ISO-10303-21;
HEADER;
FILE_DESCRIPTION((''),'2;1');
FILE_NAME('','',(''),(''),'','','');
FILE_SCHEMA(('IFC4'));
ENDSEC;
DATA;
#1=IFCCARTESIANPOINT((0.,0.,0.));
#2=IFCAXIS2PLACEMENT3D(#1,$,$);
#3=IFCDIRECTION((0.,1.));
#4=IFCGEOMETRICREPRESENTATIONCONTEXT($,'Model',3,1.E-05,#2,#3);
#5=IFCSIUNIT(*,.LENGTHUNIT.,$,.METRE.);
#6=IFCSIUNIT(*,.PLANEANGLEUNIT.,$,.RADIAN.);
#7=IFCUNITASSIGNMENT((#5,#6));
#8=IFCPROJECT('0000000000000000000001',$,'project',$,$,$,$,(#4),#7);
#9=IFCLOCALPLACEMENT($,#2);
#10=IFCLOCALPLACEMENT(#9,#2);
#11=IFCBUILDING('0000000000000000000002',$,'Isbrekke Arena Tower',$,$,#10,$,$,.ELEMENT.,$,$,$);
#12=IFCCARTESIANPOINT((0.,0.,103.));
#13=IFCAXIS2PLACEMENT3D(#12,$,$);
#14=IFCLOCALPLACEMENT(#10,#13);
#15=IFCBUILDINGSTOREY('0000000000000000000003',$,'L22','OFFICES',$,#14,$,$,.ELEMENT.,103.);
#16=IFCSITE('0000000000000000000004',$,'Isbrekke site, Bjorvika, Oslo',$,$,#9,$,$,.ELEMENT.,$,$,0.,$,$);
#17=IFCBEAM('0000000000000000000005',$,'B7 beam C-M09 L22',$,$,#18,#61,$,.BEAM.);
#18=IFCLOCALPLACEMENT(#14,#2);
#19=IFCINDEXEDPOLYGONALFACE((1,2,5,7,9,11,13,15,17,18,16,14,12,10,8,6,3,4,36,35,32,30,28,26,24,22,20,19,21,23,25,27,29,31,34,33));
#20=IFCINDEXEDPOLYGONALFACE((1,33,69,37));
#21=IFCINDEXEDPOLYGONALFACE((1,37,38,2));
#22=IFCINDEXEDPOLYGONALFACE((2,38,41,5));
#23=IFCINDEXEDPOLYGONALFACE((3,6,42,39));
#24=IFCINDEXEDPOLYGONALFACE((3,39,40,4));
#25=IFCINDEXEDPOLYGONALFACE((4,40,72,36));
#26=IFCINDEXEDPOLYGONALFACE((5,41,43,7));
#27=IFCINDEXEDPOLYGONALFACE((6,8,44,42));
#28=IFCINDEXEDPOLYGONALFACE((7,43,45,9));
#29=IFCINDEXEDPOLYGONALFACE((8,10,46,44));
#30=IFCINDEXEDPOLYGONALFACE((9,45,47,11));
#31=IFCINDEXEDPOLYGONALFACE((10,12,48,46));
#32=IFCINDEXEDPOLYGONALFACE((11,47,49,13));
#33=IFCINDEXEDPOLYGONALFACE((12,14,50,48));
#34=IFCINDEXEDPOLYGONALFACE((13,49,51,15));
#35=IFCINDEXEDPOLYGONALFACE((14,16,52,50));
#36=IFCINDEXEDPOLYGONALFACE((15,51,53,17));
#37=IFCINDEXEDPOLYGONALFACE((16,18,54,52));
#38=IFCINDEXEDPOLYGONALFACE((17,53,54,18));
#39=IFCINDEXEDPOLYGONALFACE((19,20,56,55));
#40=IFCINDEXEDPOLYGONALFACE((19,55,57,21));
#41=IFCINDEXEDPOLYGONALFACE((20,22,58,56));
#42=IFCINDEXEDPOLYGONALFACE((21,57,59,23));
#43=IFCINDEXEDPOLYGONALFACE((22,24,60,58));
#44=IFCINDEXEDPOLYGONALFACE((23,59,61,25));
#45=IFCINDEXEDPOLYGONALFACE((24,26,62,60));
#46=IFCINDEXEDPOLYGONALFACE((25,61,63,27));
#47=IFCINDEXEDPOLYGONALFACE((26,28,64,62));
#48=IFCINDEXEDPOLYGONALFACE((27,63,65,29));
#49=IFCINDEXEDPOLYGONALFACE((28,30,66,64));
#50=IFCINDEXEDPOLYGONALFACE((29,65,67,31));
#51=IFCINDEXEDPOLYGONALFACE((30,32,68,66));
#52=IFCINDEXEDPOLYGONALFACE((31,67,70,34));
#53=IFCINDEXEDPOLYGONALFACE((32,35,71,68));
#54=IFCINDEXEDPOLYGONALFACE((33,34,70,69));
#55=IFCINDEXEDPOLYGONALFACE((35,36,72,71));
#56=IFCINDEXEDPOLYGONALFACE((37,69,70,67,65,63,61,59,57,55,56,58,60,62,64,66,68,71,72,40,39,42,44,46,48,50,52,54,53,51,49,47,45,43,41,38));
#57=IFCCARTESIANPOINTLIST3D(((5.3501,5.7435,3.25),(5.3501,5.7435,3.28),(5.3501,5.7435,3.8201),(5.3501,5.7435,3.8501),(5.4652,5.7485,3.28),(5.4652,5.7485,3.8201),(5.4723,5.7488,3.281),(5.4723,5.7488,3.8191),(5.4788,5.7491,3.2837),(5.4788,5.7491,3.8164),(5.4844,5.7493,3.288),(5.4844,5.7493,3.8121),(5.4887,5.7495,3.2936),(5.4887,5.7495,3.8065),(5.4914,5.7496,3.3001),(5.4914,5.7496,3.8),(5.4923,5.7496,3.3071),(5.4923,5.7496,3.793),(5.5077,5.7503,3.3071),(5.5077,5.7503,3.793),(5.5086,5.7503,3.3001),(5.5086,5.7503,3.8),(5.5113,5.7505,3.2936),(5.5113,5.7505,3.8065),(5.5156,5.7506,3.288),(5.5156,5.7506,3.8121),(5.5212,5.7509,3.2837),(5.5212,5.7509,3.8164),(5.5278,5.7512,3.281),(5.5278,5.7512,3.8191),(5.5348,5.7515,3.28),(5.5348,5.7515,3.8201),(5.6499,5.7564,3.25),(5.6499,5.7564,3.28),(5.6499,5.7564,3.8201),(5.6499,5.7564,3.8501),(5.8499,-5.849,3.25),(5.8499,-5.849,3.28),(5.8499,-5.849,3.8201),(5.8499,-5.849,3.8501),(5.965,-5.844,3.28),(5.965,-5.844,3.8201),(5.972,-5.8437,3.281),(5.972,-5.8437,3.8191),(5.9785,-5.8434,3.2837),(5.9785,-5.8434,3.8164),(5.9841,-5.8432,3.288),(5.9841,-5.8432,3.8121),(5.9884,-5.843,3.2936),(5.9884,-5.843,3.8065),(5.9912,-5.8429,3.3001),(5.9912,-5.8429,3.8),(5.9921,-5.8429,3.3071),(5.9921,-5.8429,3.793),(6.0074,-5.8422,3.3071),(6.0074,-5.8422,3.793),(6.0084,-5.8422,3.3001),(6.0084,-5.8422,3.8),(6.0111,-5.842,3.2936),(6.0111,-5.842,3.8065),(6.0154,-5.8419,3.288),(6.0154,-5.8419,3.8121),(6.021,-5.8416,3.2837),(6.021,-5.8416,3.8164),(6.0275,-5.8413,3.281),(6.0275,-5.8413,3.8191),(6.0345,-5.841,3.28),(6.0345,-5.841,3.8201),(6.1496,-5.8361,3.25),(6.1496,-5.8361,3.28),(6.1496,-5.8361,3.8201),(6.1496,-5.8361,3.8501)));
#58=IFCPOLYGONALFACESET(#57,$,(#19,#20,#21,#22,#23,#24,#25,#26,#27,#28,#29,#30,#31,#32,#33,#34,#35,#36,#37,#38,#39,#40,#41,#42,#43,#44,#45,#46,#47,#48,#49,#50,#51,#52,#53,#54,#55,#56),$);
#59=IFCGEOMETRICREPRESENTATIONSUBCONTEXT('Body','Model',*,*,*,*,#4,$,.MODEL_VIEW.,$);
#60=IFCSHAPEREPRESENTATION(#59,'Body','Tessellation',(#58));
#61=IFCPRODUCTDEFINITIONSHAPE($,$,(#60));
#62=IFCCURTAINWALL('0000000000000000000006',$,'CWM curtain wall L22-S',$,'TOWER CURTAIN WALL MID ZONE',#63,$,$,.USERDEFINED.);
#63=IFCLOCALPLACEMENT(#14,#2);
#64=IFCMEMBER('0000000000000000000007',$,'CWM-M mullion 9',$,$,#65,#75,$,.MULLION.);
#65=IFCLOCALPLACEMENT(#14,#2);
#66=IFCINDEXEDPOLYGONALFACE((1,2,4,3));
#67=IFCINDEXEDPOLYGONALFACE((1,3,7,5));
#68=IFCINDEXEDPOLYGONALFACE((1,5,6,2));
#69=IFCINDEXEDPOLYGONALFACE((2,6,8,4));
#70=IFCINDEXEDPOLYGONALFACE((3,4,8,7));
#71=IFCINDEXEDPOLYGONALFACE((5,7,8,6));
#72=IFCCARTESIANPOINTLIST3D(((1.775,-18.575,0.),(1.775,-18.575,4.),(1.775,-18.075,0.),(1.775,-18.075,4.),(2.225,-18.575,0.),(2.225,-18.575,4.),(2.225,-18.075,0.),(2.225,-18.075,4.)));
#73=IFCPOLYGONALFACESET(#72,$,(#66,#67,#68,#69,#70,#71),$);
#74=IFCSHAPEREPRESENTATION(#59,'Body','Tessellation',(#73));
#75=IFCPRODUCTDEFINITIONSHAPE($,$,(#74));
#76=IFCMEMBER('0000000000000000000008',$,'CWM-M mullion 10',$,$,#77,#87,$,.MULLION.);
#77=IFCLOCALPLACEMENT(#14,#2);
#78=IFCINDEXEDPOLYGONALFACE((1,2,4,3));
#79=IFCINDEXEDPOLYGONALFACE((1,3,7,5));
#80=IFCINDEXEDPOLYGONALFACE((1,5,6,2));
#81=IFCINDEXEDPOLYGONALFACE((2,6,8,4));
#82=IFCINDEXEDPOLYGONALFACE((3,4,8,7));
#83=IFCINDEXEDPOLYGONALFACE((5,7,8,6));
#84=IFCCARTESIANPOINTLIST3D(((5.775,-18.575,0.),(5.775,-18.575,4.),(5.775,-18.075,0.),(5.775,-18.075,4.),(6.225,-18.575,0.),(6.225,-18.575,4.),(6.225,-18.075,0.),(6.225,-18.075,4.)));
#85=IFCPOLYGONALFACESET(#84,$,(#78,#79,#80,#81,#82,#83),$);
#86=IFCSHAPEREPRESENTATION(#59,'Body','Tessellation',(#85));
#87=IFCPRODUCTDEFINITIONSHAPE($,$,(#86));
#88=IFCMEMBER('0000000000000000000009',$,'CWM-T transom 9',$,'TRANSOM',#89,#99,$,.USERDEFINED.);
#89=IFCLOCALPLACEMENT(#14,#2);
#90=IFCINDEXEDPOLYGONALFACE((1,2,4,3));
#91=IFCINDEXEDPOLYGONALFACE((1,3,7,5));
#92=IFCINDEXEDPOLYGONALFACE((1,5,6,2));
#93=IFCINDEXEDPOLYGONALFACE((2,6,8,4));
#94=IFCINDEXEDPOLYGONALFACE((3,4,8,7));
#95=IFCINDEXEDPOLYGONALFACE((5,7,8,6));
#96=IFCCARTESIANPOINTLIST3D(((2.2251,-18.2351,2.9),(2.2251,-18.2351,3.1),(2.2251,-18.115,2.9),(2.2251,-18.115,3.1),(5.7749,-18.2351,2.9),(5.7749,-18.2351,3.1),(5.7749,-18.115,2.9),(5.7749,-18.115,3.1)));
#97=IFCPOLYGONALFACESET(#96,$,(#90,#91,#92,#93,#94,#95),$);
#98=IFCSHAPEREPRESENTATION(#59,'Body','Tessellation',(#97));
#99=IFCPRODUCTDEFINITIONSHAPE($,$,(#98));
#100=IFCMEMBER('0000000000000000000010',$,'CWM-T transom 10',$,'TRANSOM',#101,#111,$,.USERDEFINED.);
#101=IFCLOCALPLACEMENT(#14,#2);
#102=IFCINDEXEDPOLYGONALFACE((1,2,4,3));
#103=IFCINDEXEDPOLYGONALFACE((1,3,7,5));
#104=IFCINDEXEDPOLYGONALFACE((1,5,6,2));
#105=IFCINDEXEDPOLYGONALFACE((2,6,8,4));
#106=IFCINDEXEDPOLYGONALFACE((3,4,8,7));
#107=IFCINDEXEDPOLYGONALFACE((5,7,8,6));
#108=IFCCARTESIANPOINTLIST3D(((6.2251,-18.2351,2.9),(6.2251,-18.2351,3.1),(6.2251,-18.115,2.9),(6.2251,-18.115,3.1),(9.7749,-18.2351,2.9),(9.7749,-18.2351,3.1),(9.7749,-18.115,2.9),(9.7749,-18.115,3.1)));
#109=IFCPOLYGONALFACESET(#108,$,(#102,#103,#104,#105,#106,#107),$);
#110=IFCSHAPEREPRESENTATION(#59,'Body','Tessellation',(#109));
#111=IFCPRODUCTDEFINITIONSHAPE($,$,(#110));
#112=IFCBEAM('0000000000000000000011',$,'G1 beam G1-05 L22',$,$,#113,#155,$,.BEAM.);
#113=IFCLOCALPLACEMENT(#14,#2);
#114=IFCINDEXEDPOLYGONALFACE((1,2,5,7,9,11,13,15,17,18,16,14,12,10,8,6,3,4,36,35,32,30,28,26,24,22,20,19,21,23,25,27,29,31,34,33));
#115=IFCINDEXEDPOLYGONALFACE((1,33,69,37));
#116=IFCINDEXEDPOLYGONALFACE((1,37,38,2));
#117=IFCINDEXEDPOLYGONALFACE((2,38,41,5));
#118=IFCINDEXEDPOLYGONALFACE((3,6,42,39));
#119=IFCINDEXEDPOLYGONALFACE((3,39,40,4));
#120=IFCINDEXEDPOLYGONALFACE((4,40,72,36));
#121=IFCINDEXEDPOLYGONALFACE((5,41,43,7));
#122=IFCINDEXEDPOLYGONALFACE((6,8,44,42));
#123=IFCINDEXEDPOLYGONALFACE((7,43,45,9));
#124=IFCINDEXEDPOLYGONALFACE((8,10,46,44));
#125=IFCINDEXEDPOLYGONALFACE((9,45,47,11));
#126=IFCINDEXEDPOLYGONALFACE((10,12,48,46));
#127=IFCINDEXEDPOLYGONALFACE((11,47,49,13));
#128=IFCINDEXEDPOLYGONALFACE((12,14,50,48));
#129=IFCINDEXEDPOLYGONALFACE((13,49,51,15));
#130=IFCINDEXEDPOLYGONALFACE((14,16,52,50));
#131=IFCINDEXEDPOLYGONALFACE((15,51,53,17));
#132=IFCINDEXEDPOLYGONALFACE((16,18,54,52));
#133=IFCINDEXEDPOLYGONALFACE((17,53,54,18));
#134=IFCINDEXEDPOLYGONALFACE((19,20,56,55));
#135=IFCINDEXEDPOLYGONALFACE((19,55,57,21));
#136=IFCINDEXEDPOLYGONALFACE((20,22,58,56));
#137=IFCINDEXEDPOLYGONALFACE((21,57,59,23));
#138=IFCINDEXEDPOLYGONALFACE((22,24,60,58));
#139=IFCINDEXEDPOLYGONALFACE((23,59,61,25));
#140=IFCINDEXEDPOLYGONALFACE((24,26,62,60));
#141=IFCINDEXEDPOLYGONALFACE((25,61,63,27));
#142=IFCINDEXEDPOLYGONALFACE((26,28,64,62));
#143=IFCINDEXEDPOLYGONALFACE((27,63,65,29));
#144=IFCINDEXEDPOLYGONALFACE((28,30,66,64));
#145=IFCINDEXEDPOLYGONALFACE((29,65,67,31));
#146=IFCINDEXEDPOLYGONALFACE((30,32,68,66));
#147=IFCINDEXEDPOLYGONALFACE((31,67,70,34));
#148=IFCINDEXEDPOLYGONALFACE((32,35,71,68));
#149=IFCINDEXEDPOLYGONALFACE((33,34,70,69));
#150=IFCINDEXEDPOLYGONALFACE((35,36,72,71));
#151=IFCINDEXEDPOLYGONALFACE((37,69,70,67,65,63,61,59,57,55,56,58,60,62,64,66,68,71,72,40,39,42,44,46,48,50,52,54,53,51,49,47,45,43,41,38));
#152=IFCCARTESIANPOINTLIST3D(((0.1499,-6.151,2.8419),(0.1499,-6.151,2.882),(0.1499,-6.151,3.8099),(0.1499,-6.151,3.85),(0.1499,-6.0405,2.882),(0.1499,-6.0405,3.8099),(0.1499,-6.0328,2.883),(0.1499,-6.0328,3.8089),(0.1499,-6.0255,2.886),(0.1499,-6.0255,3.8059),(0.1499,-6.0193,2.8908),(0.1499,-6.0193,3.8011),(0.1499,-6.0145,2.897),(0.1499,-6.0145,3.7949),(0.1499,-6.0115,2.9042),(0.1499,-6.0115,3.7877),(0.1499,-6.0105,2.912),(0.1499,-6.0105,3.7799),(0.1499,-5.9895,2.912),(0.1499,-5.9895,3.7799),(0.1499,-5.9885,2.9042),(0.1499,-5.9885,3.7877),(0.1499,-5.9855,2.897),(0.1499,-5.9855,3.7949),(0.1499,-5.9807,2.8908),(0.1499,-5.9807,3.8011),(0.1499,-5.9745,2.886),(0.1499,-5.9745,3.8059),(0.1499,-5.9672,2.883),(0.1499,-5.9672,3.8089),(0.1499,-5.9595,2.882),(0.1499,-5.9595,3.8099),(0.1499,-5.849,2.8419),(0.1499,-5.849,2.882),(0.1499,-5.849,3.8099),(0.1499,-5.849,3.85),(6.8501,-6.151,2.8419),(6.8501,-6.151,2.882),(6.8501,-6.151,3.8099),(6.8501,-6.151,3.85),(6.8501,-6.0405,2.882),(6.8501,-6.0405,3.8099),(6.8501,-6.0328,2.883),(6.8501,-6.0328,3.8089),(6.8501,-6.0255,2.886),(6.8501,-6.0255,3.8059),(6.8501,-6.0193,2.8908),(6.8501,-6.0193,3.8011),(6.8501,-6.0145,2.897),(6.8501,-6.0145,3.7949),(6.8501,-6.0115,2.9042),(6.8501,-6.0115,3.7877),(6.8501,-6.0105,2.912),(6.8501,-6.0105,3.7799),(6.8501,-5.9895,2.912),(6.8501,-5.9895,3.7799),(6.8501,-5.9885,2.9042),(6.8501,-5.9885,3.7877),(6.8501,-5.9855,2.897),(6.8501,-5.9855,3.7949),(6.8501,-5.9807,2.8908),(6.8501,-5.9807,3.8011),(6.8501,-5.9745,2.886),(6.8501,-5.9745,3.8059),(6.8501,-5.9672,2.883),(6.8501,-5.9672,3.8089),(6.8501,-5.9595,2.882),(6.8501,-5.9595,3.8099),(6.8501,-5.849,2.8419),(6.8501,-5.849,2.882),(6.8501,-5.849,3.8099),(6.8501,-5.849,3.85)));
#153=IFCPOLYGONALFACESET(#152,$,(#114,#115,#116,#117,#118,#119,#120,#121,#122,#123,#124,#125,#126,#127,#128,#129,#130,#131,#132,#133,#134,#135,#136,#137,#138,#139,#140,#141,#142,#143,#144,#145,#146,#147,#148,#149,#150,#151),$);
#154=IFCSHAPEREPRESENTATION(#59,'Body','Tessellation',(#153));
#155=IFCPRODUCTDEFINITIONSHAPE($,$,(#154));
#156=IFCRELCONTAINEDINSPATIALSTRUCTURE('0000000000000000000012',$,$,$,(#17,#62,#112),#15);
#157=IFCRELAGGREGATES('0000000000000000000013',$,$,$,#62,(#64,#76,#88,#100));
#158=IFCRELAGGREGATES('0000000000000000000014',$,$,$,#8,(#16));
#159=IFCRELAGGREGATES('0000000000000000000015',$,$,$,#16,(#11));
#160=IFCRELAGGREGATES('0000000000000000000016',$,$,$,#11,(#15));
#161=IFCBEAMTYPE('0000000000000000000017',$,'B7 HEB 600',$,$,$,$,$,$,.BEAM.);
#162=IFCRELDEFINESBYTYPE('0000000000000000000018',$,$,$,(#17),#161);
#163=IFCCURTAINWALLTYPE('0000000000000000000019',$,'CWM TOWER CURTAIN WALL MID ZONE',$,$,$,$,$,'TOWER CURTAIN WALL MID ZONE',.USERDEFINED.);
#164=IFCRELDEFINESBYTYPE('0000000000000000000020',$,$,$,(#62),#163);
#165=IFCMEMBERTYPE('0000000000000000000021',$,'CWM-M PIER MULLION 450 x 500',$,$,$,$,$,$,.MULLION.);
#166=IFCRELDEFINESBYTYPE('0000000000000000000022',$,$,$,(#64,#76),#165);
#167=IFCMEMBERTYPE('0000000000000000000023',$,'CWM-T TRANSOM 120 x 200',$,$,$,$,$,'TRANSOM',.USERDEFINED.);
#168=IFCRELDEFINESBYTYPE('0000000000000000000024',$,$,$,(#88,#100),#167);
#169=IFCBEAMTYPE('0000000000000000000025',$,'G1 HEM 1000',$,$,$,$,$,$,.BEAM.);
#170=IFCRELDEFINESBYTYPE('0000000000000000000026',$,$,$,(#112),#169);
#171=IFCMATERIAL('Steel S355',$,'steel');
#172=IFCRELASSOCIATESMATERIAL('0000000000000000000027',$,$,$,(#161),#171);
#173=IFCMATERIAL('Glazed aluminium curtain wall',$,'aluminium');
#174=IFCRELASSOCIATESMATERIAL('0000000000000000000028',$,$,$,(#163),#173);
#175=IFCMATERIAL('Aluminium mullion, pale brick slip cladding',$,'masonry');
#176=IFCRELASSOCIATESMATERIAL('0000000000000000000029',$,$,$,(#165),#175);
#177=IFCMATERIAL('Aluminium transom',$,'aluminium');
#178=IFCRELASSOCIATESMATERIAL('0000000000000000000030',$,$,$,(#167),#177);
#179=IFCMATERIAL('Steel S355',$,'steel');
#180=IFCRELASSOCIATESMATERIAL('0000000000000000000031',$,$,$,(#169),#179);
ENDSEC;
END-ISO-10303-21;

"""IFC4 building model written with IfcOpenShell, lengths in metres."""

from ifc_helpers import new_model, si_unit, direction, frame, origin, origin_2d, place, context, subcontext, project, spatial, rectangle, i_section, extrude, material, material_profile, profile_set, type_object, element, aggregate, save


model = new_model("IFC4")

# Units and contexts
model_context = context("Model", 3, precision=1e-05, world=origin(), true_north=direction((0.0, 1.0)))
body_context = subcontext(model_context, "Body", "Model", "MODEL_VIEW")
ifc_project = project(units=[si_unit("LENGTHUNIT", "METRE"), si_unit("PLANEANGLEUNIT", "RADIAN")], contexts=[model_context])

# Site, building, storey
site_placement = place(None, origin())
site = spatial("IfcSite", under=ifc_project, at=site_placement, Name="Isbrekke site, Bjorvika, Oslo", CompositionType="ELEMENT", RefElevation=0.0)
building_placement = place(site_placement, origin())
building = spatial("IfcBuilding", under=site, at=building_placement, Name="Isbrekke Arena Tower", CompositionType="ELEMENT")
storey_placement = place(building_placement, frame((0.0, 0.0, 103.0)))
storey = spatial("IfcBuildingStorey", under=building, at=storey_placement, Name="L22", Description="OFFICES", CompositionType="ELEMENT", Elevation=103.0)

# Beam
ifc_material_1 = material(Name="Steel S355", Category="steel")
ifc_material_profile_1 = material_profile(ifc_material_1, i_section(OverallWidth=0.3, OverallDepth=0.6001, WebThickness=0.0154, FlangeThickness=0.03, FilletRadius=0.0271, at=origin_2d()), Name="HEB 600")
ifc_profile_set_1 = profile_set([ifc_material_profile_1], Name="Steel S355")
beam_type_1 = type_object("IfcBeamType", Name="B7 HEB 600", PredefinedType="BEAM", material=ifc_profile_set_1)
beam_1_placement = place(storey_placement, frame((5.9998, -5.8425, 3.55), z_axis=(-0.04307, 0.999072, 0.0), x_axis=(-0.999072, -0.04307, 0.0)))
element("IfcBeam", 1, at=beam_1_placement, inside=storey, type_object=beam_type_1, Name="B7 beam C-M09 L22", PredefinedType="BEAM", context=body_context, shape_type="SweptSolid", body=[
    extrude(i_section(OverallWidth=0.3, OverallDepth=0.6001, WebThickness=0.0154, FlangeThickness=0.03, FilletRadius=0.0271, at=origin_2d()), origin(), (0.0, 0.0, 1.0), 11.6033),
])

# Curtain wall, members
ifc_material_2 = material(Name="Glazed aluminium curtain wall", Category="aluminium")
curtain_wall_type = type_object("IfcCurtainWallType", Name="CWM TOWER CURTAIN WALL MID ZONE", ElementType="TOWER CURTAIN WALL MID ZONE", PredefinedType="USERDEFINED", material=ifc_material_2)
curtain_wall_placement = place(storey_placement, origin())
curtain_wall = element("IfcCurtainWall", 2, at=curtain_wall_placement, inside=storey, type_object=curtain_wall_type, Name="CWM curtain wall L22-S", ObjectType="TOWER CURTAIN WALL MID ZONE", PredefinedType="USERDEFINED")
ifc_material_3 = material(Name="Aluminium mullion, pale brick slip cladding", Category="masonry")
ifc_material_profile_2 = material_profile(ifc_material_3, rectangle(XDim=0.45, YDim=0.5, at=origin_2d()), Name="PIER 450X500")
ifc_profile_set_2 = profile_set([ifc_material_profile_2], Name="Aluminium mullion, pale brick slip cladding")
member_type_1 = type_object("IfcMemberType", Name="CWM-M PIER MULLION 450 x 500", PredefinedType="MULLION", material=ifc_profile_set_2)
member_1_placement = place(storey_placement, frame((2.0, -18.325, 0.0), z_axis=(0.0, 0.0, 1.0), x_axis=(1.0, 0.0, 0.0)))
member_1 = element("IfcMember", 3, at=member_1_placement, type_object=member_type_1, Name="CWM-M mullion 9", PredefinedType="MULLION", context=body_context, shape_type="SweptSolid", body=[
    extrude(rectangle(XDim=0.45, YDim=0.5, at=origin_2d()), origin(), (0.0, 0.0, 1.0), 4.0),
])
member_2_placement = place(storey_placement, frame((6.0, -18.325, 0.0), z_axis=(0.0, 0.0, 1.0), x_axis=(1.0, 0.0, 0.0)))
member_2 = element("IfcMember", 4, at=member_2_placement, type_object=member_type_1, Name="CWM-M mullion 10", PredefinedType="MULLION", context=body_context, shape_type="SweptSolid", body=[
    extrude(rectangle(XDim=0.45, YDim=0.5, at=origin_2d()), origin(), (0.0, 0.0, 1.0), 4.0),
])
ifc_material_4 = material(Name="Aluminium transom", Category="aluminium")
ifc_material_profile_3 = material_profile(ifc_material_4, rectangle(XDim=0.1201, YDim=0.2, at=origin_2d()), Name="TRANSOM 120X200")
ifc_profile_set_3 = profile_set([ifc_material_profile_3], Name="Aluminium transom")
member_type_2 = type_object("IfcMemberType", Name="CWM-T TRANSOM 120 x 200", ElementType="TRANSOM", PredefinedType="USERDEFINED", material=ifc_profile_set_3)
member_3_placement = place(storey_placement, frame((2.2251, -18.175, 3.0), z_axis=(1.0, 0.0, 0.0), x_axis=(0.0, 1.0, 0.0)))
member_3 = element("IfcMember", 5, at=member_3_placement, type_object=member_type_2, Name="CWM-T transom 9", ObjectType="TRANSOM", PredefinedType="USERDEFINED", context=body_context, shape_type="SweptSolid", body=[
    extrude(rectangle(XDim=0.1201, YDim=0.2, at=origin_2d()), origin(), (0.0, 0.0, 1.0), 3.5498),
])
member_4_placement = place(storey_placement, frame((6.2251, -18.175, 3.0), z_axis=(1.0, 0.0, 0.0), x_axis=(0.0, 1.0, 0.0)))
member_4 = element("IfcMember", 6, at=member_4_placement, type_object=member_type_2, Name="CWM-T transom 10", ObjectType="TRANSOM", PredefinedType="USERDEFINED", context=body_context, shape_type="SweptSolid", body=[
    extrude(rectangle(XDim=0.1201, YDim=0.2, at=origin_2d()), origin(), (0.0, 0.0, 1.0), 3.5498),
])

# Beam
ifc_material_5 = material(Name="Steel S355", Category="steel")
ifc_material_profile_4 = material_profile(ifc_material_5, i_section(OverallWidth=0.302, OverallDepth=1.0081, WebThickness=0.021, FlangeThickness=0.04, FilletRadius=0.03, at=origin_2d()), Name="HEM 1000")
ifc_profile_set_4 = profile_set([ifc_material_profile_4], Name="Steel S355")
beam_type_2 = type_object("IfcBeamType", Name="G1 HEM 1000", PredefinedType="BEAM", material=ifc_profile_set_4)
for number, where, z_axis, x_axis, name in (
    (7, (0.1499, -6.0, 3.3459), (1.0, 0.0, 0.0), (0.0, 1.0, 0.0), "G1 beam G1-05 L22"),
):
    element("IfcBeam", number, at=place(storey_placement, frame(where, z_axis=z_axis, x_axis=x_axis)), inside=storey, type_object=beam_type_2, Name=name, PredefinedType="BEAM", context=body_context, shape_type="SweptSolid", body=[
        extrude(i_section(OverallWidth=0.302, OverallDepth=1.0081, WebThickness=0.021, FlangeThickness=0.04, FilletRadius=0.03, at=origin_2d()), origin(), (0.0, 0.0, 1.0), 6.7002),
    ])

aggregate(curtain_wall, [member_1, member_2, member_3, member_4])

save(model, "model.ifc")
